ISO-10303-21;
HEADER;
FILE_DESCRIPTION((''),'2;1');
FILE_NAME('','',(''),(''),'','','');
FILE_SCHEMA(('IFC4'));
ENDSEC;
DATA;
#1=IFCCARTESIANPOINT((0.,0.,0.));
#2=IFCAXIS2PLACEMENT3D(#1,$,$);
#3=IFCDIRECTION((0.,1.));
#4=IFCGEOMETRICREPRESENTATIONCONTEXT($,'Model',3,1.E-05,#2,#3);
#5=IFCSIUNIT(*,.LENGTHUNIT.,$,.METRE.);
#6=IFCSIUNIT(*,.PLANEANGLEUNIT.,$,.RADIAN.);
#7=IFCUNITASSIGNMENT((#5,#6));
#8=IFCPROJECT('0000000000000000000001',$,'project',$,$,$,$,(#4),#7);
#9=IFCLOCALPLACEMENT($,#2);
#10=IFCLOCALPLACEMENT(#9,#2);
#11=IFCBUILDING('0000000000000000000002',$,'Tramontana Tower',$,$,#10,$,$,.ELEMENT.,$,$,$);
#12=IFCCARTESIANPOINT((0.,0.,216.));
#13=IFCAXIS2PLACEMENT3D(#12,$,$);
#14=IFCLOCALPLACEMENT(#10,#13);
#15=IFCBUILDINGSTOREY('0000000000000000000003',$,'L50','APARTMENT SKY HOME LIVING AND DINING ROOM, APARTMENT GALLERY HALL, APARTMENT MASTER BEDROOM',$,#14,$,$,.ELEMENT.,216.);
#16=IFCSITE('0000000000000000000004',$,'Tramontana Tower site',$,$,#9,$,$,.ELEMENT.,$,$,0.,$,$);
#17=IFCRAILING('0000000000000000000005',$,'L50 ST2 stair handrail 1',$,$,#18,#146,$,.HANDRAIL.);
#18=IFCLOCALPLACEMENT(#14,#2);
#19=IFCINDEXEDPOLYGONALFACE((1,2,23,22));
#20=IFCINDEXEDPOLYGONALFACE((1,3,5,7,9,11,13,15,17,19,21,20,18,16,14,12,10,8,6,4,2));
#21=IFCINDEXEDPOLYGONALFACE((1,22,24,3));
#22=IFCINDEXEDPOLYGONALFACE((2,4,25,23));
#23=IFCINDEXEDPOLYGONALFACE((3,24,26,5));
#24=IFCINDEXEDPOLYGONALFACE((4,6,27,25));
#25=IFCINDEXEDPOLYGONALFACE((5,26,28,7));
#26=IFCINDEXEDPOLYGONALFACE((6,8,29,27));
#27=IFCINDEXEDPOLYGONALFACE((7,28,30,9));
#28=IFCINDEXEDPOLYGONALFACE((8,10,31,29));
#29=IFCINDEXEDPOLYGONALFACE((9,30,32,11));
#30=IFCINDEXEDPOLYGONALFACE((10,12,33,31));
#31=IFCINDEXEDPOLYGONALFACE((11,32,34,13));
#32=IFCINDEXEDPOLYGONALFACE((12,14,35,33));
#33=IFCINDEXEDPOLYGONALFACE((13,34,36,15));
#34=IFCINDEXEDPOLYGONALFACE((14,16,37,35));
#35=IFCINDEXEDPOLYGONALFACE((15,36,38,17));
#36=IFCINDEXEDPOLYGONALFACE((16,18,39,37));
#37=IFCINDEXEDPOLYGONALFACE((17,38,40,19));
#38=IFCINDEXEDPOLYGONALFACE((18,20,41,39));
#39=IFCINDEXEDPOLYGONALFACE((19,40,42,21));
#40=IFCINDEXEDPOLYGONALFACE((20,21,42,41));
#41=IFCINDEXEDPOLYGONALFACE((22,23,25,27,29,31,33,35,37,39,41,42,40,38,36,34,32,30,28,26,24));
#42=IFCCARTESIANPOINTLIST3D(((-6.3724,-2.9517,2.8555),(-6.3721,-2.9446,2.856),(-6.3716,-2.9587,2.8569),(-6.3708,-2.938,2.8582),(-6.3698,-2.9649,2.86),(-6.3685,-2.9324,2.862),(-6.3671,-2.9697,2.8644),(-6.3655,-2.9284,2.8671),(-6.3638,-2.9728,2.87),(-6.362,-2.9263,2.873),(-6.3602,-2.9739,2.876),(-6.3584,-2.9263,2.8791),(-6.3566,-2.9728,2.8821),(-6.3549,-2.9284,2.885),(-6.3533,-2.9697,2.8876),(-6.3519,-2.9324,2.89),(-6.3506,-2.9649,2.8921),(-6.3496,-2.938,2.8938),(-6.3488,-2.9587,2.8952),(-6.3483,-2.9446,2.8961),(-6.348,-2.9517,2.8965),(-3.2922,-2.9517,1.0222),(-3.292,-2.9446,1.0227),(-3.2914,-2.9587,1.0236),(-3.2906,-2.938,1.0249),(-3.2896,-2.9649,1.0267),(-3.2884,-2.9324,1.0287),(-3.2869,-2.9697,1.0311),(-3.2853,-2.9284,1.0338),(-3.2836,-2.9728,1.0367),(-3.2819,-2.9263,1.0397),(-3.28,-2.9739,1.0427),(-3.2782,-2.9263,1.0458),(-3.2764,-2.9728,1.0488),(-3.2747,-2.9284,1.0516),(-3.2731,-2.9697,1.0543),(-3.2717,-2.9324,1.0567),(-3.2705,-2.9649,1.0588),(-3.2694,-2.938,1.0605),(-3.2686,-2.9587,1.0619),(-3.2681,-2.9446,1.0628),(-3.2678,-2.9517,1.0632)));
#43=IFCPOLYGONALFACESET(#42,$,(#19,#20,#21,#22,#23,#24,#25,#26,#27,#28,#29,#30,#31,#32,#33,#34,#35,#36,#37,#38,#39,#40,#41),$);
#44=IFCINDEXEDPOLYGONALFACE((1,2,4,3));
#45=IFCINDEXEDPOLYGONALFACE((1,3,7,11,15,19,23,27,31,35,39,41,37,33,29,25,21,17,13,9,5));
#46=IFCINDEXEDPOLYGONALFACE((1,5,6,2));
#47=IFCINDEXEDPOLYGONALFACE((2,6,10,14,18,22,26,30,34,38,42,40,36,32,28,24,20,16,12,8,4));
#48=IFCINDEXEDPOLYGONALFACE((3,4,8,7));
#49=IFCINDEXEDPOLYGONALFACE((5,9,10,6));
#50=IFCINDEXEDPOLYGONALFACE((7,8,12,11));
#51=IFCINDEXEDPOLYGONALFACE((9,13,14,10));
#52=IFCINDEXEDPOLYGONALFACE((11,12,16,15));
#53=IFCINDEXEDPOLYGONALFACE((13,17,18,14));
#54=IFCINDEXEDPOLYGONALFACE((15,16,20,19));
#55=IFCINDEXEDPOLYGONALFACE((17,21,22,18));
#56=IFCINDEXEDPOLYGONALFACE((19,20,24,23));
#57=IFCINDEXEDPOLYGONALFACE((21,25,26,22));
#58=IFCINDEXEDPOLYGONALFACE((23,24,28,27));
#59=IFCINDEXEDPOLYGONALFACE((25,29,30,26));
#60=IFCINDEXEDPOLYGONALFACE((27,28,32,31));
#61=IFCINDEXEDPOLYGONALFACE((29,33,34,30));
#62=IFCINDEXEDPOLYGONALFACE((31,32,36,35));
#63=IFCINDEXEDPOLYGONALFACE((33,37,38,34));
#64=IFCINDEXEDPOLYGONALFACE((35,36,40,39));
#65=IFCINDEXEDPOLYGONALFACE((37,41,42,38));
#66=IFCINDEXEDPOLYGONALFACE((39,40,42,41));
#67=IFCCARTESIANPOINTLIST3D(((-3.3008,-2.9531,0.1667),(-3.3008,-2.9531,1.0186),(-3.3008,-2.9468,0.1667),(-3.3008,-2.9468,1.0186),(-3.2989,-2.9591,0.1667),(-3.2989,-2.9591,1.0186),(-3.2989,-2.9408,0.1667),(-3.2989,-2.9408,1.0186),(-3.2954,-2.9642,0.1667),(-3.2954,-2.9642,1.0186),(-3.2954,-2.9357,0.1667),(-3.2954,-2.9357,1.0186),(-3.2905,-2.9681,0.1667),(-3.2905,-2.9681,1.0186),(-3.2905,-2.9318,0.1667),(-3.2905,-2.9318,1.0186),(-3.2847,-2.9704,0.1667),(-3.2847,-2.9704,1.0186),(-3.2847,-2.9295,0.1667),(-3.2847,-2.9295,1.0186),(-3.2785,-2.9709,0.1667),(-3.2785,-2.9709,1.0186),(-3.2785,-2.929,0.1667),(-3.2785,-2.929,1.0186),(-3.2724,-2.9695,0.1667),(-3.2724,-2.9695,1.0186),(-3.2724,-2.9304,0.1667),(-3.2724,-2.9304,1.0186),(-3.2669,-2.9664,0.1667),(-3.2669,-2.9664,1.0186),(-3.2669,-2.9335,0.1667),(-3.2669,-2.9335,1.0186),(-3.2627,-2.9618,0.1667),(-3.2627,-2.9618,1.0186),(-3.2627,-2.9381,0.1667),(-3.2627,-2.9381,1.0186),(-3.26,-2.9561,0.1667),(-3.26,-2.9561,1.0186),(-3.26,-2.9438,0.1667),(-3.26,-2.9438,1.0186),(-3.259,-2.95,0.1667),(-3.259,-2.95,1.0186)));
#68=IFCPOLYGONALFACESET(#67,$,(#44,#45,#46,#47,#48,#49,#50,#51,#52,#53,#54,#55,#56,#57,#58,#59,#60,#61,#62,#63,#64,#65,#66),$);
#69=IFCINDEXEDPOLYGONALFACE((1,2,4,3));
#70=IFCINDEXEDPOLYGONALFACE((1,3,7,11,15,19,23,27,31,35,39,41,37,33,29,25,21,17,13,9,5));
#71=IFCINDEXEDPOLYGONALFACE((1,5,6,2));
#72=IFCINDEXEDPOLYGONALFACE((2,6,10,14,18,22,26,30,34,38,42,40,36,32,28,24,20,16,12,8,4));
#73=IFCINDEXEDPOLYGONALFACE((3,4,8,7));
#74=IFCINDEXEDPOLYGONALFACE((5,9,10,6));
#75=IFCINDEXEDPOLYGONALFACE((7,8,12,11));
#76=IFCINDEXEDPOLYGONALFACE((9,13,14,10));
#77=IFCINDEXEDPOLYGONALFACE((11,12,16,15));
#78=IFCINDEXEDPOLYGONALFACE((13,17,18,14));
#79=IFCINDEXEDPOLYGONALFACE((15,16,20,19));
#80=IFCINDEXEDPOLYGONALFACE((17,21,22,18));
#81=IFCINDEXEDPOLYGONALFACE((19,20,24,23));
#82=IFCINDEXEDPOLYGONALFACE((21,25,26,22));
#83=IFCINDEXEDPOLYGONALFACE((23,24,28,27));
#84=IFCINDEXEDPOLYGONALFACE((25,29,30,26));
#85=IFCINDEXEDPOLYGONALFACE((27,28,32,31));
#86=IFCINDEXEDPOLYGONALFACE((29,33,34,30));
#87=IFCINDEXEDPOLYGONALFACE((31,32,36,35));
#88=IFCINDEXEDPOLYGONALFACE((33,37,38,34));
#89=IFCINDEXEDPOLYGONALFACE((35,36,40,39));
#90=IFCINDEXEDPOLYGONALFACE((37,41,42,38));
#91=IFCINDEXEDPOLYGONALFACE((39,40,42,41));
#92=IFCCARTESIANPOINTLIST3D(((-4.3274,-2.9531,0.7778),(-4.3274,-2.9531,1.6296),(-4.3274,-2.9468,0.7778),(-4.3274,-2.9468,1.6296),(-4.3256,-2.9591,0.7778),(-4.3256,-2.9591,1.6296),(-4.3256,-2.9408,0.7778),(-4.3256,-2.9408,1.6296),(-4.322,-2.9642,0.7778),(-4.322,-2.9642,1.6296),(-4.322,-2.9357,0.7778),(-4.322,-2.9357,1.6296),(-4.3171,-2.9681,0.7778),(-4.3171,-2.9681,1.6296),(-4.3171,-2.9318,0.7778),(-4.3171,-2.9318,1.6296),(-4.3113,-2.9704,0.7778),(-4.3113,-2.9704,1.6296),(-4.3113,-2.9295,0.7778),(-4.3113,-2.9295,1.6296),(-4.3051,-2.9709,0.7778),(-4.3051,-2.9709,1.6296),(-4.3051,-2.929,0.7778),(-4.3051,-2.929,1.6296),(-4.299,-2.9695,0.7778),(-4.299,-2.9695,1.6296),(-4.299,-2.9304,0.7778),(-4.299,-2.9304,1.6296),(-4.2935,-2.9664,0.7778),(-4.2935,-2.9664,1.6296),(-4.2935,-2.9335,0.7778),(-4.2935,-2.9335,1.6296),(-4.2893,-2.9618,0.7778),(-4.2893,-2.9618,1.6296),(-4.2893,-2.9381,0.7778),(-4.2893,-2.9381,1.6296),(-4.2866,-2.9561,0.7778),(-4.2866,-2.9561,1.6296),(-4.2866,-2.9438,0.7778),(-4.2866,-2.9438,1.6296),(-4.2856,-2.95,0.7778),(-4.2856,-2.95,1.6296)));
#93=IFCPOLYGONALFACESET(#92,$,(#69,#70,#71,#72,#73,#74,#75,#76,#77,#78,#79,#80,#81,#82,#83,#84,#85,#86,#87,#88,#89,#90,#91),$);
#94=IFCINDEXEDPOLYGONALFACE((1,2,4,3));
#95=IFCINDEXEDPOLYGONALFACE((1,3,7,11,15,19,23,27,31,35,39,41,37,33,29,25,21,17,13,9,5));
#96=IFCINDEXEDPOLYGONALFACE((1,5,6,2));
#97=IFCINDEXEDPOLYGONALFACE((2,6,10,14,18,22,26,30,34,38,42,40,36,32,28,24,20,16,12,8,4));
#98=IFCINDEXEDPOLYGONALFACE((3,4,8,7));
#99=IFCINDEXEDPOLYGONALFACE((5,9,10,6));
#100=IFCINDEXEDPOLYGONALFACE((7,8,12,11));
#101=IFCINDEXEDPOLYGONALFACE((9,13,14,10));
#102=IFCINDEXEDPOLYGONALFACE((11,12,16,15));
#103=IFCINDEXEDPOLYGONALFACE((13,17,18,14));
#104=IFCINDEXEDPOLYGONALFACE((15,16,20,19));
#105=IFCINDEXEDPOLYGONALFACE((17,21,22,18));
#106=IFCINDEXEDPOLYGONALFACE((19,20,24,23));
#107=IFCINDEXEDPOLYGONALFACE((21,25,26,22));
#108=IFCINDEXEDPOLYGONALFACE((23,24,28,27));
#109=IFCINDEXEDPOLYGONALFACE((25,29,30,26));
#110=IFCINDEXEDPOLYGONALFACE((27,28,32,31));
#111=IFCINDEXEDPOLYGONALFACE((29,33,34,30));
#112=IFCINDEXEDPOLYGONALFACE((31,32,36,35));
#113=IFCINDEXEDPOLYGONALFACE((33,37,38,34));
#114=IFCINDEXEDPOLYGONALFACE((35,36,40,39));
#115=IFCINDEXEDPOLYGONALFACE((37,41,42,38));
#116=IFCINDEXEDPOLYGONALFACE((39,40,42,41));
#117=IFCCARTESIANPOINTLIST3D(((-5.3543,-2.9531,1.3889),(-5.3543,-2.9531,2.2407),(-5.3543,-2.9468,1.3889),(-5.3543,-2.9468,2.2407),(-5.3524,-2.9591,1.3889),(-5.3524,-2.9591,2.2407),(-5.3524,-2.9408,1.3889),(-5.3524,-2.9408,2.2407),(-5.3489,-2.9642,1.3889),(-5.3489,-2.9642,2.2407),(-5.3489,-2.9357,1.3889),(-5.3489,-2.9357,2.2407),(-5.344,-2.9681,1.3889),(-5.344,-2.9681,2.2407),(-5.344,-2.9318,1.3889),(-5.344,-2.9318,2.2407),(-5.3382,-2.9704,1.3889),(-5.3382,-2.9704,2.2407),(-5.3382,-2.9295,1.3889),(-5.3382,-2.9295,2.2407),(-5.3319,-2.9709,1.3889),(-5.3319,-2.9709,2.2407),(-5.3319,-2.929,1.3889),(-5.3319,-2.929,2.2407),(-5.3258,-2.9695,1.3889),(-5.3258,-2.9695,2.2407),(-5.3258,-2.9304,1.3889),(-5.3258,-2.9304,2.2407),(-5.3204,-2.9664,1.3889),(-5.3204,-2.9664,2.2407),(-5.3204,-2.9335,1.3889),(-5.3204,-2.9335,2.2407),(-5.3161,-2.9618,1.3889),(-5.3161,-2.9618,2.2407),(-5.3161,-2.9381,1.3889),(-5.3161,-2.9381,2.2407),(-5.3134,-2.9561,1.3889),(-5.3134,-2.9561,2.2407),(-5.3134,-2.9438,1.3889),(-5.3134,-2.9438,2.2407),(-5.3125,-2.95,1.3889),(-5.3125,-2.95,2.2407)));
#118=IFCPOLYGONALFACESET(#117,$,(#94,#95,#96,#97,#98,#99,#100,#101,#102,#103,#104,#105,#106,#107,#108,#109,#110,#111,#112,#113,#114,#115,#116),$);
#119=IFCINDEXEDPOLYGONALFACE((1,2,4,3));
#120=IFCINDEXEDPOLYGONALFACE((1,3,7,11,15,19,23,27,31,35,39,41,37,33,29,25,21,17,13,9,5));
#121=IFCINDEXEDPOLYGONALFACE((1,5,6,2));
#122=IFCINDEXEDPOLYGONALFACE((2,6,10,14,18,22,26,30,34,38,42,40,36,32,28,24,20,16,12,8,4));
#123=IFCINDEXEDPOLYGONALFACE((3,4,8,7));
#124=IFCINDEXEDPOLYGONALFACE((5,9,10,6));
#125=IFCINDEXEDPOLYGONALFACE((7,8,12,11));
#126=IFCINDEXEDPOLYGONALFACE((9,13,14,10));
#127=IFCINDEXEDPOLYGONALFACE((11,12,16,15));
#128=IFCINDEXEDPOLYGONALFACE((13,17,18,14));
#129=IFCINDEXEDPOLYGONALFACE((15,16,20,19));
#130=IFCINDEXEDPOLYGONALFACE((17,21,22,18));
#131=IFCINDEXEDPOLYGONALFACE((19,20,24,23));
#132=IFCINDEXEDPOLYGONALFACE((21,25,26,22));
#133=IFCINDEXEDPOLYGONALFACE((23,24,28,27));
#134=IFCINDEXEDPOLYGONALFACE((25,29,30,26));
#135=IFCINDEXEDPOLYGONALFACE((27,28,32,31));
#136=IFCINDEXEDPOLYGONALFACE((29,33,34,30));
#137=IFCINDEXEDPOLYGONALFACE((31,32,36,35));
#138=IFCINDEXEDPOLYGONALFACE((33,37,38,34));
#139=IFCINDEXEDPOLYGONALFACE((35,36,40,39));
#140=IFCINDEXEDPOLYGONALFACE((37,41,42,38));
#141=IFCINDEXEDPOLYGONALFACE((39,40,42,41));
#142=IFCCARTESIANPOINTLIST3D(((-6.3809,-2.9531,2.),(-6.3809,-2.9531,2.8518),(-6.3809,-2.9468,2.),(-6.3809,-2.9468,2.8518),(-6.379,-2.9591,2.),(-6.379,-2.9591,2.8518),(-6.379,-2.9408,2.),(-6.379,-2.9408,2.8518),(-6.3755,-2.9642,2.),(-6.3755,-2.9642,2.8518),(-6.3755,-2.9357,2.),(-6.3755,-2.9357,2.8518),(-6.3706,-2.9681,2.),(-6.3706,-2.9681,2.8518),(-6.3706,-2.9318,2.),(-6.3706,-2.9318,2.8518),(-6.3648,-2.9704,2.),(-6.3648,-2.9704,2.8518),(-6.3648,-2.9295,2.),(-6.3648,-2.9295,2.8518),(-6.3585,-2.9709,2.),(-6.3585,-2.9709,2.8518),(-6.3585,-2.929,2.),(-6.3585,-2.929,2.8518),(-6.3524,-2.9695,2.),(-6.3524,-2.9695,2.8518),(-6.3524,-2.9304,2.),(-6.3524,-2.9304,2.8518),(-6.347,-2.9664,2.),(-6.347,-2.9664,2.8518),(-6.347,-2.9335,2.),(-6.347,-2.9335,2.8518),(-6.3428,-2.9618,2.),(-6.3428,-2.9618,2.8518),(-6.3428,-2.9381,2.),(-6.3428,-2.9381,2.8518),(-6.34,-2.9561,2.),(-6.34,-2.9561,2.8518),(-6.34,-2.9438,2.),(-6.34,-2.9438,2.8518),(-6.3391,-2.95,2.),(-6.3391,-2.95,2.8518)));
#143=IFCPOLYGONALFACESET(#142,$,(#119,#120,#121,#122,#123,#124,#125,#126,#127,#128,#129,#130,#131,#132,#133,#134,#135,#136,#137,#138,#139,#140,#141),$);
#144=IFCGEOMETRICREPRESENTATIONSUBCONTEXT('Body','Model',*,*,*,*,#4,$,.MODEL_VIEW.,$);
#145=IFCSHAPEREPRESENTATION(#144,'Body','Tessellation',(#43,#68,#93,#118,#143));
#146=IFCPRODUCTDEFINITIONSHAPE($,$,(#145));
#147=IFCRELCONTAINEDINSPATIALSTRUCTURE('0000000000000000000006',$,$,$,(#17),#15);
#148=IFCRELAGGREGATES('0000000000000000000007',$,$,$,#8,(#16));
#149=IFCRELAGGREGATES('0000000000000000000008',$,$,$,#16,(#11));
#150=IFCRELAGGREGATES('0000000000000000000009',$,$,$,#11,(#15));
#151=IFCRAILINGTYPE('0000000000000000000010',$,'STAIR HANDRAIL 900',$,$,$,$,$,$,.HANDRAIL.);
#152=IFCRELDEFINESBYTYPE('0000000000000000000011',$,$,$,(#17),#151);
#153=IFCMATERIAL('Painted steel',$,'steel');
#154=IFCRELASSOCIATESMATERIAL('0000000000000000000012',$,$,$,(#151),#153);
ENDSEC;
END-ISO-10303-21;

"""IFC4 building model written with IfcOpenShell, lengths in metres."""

from ifc_helpers import new_model, si_unit, direction, frame, origin, origin_2d, place, context, subcontext, project, spatial, circle, extrude, material, type_object, element, save


model = new_model("IFC4")

# Units and contexts
model_context = context("Model", 3, precision=1e-05, world=origin(), true_north=direction((0.0, 1.0)))
body_context = subcontext(model_context, "Body", "Model", "MODEL_VIEW")
ifc_project = project(units=[si_unit("LENGTHUNIT", "METRE"), si_unit("PLANEANGLEUNIT", "RADIAN")], contexts=[model_context])

# Site, building, storey
site_placement = place(None, origin())
site = spatial("IfcSite", under=ifc_project, at=site_placement, Name="Tramontana Tower site", CompositionType="ELEMENT", RefElevation=0.0)
building_placement = place(site_placement, origin())
building = spatial("IfcBuilding", under=site, at=building_placement, Name="Tramontana Tower", CompositionType="ELEMENT")
storey_placement = place(building_placement, frame((0.0, 0.0, 216.0)))
storey = spatial("IfcBuildingStorey", under=building, at=storey_placement, Name="L50", Description="APARTMENT SKY HOME LIVING AND DINING ROOM, APARTMENT GALLERY HALL, APARTMENT MASTER BEDROOM", CompositionType="ELEMENT", Elevation=216.0)

# Railing
ifc_material_1 = material(Name="Painted steel", Category="steel")
railing_type_1 = type_object("IfcRailingType", Name="STAIR HANDRAIL 900", PredefinedType="HANDRAIL", material=ifc_material_1)
railing_1_placement = place(storey_placement, frame((-3.28, -2.95, 0.1667)))
element("IfcRailing", 1, at=railing_1_placement, inside=storey, type_object=railing_type_1, Name="L50 ST2 stair handrail 1", PredefinedType="HANDRAIL", context=body_context, shape_type="SweptSolid", body=[
    extrude(circle(Radius=0.0239, at=origin_2d()), frame((0.0, 0.0, 0.876), z_axis=(-0.859309, 0.0, 0.511458), x_axis=(0.0, -1.0, 0.0)), (0.0, 0.0, 1.0), 3.5845),
    extrude(circle(Radius=0.021, at=origin_2d()), origin(), (0.0, 0.0, 1.0), 0.8518),
    extrude(circle(Radius=0.021, at=origin_2d()), frame((-1.0266, 0.0, 0.6111)), (0.0, 0.0, 1.0), 0.8518),
    extrude(circle(Radius=0.021, at=origin_2d()), frame((-2.0535, 0.0, 1.2222)), (0.0, 0.0, 1.0), 0.8518),
    extrude(circle(Radius=0.021, at=origin_2d()), frame((-3.0801, 0.0, 1.8333)), (0.0, 0.0, 1.0), 0.8518),
])

save(model, "model.ifc")
